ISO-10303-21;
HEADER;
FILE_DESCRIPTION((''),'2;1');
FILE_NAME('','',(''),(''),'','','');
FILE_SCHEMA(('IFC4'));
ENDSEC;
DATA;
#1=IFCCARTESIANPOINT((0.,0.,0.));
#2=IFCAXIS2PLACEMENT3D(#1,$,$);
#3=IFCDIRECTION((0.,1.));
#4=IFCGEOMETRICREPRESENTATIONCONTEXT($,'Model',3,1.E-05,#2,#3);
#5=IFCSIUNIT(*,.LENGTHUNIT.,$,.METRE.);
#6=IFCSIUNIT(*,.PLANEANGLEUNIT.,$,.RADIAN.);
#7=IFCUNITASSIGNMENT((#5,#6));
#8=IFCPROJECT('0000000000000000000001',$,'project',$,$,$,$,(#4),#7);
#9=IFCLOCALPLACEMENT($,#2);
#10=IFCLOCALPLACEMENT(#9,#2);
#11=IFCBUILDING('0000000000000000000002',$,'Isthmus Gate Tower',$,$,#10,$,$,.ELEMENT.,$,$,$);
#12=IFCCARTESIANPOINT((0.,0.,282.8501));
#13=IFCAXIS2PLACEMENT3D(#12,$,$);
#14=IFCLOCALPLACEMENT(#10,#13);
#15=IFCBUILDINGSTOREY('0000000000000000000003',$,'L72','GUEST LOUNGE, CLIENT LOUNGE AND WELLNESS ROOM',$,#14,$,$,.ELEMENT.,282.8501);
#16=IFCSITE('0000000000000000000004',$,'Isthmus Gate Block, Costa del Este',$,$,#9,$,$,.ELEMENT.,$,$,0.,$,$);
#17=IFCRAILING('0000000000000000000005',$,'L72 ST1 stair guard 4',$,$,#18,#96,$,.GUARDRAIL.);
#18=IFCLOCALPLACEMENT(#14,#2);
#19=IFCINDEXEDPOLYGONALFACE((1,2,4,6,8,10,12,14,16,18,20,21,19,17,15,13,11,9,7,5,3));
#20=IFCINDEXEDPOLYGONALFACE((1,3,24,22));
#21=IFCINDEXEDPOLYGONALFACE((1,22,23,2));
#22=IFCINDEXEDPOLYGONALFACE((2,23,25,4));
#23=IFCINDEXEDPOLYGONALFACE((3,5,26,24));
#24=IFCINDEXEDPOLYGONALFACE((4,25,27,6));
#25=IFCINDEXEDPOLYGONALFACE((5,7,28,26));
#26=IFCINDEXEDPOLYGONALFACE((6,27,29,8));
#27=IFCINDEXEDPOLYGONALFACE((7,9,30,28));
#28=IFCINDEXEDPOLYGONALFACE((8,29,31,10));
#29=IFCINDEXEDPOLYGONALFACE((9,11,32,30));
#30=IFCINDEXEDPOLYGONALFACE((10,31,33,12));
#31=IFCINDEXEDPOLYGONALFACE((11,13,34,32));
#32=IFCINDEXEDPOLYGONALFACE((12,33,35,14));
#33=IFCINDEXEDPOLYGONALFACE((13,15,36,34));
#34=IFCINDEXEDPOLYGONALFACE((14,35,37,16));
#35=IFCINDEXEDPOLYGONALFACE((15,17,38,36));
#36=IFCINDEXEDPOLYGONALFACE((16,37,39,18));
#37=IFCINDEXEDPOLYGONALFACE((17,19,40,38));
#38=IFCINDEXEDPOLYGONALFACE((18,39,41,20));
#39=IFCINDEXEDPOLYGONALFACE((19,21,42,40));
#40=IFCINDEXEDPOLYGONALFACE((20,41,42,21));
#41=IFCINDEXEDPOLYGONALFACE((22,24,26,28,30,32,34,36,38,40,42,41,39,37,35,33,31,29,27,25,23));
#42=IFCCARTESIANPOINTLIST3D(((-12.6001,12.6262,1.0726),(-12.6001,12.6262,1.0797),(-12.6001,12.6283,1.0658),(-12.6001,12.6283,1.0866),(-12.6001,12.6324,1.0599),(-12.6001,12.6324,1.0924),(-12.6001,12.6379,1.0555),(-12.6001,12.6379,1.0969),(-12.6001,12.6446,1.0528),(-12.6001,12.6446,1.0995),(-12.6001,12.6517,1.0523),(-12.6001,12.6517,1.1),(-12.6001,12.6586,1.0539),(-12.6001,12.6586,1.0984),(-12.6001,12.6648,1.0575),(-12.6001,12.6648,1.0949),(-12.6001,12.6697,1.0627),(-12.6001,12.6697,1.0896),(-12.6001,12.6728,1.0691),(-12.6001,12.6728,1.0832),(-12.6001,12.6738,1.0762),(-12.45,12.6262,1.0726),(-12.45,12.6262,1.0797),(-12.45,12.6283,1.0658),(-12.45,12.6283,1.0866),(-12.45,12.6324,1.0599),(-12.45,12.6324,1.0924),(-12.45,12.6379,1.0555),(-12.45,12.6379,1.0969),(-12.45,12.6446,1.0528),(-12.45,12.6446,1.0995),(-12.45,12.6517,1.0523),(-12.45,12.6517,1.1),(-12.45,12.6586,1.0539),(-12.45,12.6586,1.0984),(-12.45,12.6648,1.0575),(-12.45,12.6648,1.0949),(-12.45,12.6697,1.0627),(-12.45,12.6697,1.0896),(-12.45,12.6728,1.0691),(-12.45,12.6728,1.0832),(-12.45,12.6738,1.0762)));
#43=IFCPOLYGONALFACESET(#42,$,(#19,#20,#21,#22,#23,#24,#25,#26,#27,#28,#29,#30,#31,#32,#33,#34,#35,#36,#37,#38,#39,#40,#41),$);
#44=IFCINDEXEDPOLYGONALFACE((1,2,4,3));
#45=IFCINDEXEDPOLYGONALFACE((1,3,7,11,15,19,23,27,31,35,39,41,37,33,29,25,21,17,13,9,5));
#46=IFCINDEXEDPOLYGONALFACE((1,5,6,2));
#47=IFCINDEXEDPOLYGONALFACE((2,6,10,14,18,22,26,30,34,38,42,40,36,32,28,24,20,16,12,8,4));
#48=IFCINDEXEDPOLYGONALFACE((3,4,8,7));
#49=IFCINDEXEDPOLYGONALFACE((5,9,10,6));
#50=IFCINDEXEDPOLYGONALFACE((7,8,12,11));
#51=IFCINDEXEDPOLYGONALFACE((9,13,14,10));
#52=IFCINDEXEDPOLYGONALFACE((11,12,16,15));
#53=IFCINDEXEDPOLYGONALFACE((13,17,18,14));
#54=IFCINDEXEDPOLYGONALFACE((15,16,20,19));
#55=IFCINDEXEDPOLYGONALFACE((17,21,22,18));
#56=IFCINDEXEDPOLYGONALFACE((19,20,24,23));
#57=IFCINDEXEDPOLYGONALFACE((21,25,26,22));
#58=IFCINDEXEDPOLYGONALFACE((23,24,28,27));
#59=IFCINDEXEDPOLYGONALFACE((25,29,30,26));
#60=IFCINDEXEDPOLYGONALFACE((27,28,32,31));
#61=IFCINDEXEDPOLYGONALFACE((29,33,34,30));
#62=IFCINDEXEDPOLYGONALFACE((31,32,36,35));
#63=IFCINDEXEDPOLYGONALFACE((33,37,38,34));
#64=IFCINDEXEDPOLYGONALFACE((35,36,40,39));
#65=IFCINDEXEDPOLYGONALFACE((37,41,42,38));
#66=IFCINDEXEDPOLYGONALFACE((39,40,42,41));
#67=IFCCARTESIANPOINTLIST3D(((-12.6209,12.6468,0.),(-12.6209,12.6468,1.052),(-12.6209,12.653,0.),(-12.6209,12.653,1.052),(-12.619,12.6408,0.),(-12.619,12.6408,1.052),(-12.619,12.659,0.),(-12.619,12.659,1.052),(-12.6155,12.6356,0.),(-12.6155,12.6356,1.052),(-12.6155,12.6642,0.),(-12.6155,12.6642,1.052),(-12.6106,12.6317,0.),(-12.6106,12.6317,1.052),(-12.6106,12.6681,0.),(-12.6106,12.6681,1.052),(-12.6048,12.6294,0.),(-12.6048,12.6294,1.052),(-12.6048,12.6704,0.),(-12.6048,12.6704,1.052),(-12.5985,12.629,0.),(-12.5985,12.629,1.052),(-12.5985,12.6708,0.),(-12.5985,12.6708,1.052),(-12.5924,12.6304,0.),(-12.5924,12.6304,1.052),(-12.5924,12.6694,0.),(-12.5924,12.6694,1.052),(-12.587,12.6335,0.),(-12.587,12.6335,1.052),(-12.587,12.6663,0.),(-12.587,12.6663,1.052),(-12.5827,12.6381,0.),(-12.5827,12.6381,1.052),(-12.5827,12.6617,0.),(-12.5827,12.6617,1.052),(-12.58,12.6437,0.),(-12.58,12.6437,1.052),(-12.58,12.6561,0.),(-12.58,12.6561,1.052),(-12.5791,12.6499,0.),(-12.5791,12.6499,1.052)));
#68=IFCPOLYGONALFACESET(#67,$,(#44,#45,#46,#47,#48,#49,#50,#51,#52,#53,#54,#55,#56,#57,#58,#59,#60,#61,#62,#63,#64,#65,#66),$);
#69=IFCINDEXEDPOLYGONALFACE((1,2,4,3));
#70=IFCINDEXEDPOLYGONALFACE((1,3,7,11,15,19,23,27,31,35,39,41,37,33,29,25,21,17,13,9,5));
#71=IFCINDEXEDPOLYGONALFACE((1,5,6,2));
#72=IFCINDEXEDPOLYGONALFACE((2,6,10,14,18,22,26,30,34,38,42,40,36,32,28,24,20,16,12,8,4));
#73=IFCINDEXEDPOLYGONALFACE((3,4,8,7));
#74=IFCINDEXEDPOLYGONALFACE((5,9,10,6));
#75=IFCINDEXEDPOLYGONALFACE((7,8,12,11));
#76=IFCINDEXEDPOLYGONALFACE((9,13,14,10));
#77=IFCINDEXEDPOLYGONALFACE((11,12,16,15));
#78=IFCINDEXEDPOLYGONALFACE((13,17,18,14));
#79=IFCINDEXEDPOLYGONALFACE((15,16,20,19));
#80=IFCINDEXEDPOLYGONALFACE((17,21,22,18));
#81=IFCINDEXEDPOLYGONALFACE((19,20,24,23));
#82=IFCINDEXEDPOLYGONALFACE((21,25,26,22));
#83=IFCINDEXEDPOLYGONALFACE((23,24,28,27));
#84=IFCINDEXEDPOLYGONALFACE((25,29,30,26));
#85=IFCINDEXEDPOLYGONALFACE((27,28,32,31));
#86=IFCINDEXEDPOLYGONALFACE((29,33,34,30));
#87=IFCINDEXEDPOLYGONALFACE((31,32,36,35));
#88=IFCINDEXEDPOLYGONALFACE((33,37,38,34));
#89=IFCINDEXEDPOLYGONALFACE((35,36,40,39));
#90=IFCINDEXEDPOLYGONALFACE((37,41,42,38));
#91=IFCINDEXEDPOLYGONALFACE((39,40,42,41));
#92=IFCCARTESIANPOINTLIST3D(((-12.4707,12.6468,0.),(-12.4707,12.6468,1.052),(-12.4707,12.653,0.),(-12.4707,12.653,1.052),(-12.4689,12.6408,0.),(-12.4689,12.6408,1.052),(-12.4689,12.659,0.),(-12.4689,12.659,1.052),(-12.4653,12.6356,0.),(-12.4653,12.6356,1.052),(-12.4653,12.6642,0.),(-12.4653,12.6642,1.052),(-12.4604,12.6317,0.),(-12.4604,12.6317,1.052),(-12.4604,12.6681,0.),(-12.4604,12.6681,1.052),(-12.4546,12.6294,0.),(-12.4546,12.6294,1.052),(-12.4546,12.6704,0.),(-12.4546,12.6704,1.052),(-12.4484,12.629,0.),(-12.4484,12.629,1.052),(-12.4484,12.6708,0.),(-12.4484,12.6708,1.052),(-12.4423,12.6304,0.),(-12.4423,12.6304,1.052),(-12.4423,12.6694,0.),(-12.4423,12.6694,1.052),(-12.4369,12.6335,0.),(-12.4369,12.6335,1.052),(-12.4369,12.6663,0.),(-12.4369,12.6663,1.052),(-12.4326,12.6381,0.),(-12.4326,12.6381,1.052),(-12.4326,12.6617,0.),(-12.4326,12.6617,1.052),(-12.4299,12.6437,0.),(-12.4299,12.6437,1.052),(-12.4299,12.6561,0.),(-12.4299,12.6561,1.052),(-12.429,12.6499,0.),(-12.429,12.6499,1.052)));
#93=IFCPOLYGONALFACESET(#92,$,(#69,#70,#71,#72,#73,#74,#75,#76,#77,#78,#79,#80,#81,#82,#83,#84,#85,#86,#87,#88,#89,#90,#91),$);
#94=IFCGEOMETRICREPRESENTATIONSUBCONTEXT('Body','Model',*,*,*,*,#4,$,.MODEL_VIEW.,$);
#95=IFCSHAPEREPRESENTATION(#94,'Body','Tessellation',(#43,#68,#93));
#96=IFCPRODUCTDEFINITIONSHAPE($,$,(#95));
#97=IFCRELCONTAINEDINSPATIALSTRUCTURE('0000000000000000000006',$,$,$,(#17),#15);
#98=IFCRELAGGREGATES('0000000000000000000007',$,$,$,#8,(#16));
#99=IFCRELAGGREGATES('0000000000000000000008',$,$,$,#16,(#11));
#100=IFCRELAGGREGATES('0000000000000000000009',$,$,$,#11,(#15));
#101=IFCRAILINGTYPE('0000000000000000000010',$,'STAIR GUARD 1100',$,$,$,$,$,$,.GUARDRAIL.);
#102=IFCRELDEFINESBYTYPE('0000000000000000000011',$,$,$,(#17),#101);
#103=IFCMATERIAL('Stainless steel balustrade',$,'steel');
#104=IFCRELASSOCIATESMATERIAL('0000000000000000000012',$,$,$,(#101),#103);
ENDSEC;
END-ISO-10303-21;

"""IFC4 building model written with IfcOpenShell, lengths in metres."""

from ifc_helpers import new_model, si_unit, direction, frame, origin, origin_2d, place, context, subcontext, project, spatial, circle, extrude, material, type_object, element, save


model = new_model("IFC4")

# Units and contexts
model_context = context("Model", 3, precision=1e-05, world=origin(), true_north=direction((0.0, 1.0)))
body_context = subcontext(model_context, "Body", "Model", "MODEL_VIEW")
ifc_project = project(units=[si_unit("LENGTHUNIT", "METRE"), si_unit("PLANEANGLEUNIT", "RADIAN")], contexts=[model_context])

# Site, building, storey
site_placement = place(None, origin())
site = spatial("IfcSite", under=ifc_project, at=site_placement, Name="Isthmus Gate Block, Costa del Este", CompositionType="ELEMENT", RefElevation=0.0)
building_placement = place(site_placement, origin())
building = spatial("IfcBuilding", under=site, at=building_placement, Name="Isthmus Gate Tower", CompositionType="ELEMENT")
storey_placement = place(building_placement, frame((0.0, 0.0, 282.8501)))
storey = spatial("IfcBuildingStorey", under=building, at=storey_placement, Name="L72", Description="GUEST LOUNGE, CLIENT LOUNGE AND WELLNESS ROOM", CompositionType="ELEMENT", Elevation=282.8501)

# Railing
ifc_material_1 = material(Name="Stainless steel balustrade", Category="steel")
railing_type = type_object("IfcRailingType", Name="STAIR GUARD 1100", PredefinedType="GUARDRAIL", material=ifc_material_1)
railing_1_placement = place(storey_placement, frame((-12.6001, 12.6499, 0.0)))
element("IfcRailing", 1, at=railing_1_placement, inside=storey, type_object=railing_type, Name="L72 ST1 stair guard 4", PredefinedType="GUARDRAIL", context=body_context, shape_type="SweptSolid", body=[
    extrude(circle(Radius=0.0239, at=origin_2d()), frame((0.0, 0.0, 1.0762), z_axis=(1.0, 0.0, 0.0), x_axis=(0.0, 1.0, 0.0)), (0.0, 0.0, 1.0), 0.1501),
    extrude(circle(Radius=0.021, at=origin_2d()), origin(), (0.0, 0.0, 1.0), 1.052),
    extrude(circle(Radius=0.021, at=origin_2d()), frame((0.1501, 0.0, 0.0)), (0.0, 0.0, 1.0), 1.052),
])

save(model, "model.ifc")
